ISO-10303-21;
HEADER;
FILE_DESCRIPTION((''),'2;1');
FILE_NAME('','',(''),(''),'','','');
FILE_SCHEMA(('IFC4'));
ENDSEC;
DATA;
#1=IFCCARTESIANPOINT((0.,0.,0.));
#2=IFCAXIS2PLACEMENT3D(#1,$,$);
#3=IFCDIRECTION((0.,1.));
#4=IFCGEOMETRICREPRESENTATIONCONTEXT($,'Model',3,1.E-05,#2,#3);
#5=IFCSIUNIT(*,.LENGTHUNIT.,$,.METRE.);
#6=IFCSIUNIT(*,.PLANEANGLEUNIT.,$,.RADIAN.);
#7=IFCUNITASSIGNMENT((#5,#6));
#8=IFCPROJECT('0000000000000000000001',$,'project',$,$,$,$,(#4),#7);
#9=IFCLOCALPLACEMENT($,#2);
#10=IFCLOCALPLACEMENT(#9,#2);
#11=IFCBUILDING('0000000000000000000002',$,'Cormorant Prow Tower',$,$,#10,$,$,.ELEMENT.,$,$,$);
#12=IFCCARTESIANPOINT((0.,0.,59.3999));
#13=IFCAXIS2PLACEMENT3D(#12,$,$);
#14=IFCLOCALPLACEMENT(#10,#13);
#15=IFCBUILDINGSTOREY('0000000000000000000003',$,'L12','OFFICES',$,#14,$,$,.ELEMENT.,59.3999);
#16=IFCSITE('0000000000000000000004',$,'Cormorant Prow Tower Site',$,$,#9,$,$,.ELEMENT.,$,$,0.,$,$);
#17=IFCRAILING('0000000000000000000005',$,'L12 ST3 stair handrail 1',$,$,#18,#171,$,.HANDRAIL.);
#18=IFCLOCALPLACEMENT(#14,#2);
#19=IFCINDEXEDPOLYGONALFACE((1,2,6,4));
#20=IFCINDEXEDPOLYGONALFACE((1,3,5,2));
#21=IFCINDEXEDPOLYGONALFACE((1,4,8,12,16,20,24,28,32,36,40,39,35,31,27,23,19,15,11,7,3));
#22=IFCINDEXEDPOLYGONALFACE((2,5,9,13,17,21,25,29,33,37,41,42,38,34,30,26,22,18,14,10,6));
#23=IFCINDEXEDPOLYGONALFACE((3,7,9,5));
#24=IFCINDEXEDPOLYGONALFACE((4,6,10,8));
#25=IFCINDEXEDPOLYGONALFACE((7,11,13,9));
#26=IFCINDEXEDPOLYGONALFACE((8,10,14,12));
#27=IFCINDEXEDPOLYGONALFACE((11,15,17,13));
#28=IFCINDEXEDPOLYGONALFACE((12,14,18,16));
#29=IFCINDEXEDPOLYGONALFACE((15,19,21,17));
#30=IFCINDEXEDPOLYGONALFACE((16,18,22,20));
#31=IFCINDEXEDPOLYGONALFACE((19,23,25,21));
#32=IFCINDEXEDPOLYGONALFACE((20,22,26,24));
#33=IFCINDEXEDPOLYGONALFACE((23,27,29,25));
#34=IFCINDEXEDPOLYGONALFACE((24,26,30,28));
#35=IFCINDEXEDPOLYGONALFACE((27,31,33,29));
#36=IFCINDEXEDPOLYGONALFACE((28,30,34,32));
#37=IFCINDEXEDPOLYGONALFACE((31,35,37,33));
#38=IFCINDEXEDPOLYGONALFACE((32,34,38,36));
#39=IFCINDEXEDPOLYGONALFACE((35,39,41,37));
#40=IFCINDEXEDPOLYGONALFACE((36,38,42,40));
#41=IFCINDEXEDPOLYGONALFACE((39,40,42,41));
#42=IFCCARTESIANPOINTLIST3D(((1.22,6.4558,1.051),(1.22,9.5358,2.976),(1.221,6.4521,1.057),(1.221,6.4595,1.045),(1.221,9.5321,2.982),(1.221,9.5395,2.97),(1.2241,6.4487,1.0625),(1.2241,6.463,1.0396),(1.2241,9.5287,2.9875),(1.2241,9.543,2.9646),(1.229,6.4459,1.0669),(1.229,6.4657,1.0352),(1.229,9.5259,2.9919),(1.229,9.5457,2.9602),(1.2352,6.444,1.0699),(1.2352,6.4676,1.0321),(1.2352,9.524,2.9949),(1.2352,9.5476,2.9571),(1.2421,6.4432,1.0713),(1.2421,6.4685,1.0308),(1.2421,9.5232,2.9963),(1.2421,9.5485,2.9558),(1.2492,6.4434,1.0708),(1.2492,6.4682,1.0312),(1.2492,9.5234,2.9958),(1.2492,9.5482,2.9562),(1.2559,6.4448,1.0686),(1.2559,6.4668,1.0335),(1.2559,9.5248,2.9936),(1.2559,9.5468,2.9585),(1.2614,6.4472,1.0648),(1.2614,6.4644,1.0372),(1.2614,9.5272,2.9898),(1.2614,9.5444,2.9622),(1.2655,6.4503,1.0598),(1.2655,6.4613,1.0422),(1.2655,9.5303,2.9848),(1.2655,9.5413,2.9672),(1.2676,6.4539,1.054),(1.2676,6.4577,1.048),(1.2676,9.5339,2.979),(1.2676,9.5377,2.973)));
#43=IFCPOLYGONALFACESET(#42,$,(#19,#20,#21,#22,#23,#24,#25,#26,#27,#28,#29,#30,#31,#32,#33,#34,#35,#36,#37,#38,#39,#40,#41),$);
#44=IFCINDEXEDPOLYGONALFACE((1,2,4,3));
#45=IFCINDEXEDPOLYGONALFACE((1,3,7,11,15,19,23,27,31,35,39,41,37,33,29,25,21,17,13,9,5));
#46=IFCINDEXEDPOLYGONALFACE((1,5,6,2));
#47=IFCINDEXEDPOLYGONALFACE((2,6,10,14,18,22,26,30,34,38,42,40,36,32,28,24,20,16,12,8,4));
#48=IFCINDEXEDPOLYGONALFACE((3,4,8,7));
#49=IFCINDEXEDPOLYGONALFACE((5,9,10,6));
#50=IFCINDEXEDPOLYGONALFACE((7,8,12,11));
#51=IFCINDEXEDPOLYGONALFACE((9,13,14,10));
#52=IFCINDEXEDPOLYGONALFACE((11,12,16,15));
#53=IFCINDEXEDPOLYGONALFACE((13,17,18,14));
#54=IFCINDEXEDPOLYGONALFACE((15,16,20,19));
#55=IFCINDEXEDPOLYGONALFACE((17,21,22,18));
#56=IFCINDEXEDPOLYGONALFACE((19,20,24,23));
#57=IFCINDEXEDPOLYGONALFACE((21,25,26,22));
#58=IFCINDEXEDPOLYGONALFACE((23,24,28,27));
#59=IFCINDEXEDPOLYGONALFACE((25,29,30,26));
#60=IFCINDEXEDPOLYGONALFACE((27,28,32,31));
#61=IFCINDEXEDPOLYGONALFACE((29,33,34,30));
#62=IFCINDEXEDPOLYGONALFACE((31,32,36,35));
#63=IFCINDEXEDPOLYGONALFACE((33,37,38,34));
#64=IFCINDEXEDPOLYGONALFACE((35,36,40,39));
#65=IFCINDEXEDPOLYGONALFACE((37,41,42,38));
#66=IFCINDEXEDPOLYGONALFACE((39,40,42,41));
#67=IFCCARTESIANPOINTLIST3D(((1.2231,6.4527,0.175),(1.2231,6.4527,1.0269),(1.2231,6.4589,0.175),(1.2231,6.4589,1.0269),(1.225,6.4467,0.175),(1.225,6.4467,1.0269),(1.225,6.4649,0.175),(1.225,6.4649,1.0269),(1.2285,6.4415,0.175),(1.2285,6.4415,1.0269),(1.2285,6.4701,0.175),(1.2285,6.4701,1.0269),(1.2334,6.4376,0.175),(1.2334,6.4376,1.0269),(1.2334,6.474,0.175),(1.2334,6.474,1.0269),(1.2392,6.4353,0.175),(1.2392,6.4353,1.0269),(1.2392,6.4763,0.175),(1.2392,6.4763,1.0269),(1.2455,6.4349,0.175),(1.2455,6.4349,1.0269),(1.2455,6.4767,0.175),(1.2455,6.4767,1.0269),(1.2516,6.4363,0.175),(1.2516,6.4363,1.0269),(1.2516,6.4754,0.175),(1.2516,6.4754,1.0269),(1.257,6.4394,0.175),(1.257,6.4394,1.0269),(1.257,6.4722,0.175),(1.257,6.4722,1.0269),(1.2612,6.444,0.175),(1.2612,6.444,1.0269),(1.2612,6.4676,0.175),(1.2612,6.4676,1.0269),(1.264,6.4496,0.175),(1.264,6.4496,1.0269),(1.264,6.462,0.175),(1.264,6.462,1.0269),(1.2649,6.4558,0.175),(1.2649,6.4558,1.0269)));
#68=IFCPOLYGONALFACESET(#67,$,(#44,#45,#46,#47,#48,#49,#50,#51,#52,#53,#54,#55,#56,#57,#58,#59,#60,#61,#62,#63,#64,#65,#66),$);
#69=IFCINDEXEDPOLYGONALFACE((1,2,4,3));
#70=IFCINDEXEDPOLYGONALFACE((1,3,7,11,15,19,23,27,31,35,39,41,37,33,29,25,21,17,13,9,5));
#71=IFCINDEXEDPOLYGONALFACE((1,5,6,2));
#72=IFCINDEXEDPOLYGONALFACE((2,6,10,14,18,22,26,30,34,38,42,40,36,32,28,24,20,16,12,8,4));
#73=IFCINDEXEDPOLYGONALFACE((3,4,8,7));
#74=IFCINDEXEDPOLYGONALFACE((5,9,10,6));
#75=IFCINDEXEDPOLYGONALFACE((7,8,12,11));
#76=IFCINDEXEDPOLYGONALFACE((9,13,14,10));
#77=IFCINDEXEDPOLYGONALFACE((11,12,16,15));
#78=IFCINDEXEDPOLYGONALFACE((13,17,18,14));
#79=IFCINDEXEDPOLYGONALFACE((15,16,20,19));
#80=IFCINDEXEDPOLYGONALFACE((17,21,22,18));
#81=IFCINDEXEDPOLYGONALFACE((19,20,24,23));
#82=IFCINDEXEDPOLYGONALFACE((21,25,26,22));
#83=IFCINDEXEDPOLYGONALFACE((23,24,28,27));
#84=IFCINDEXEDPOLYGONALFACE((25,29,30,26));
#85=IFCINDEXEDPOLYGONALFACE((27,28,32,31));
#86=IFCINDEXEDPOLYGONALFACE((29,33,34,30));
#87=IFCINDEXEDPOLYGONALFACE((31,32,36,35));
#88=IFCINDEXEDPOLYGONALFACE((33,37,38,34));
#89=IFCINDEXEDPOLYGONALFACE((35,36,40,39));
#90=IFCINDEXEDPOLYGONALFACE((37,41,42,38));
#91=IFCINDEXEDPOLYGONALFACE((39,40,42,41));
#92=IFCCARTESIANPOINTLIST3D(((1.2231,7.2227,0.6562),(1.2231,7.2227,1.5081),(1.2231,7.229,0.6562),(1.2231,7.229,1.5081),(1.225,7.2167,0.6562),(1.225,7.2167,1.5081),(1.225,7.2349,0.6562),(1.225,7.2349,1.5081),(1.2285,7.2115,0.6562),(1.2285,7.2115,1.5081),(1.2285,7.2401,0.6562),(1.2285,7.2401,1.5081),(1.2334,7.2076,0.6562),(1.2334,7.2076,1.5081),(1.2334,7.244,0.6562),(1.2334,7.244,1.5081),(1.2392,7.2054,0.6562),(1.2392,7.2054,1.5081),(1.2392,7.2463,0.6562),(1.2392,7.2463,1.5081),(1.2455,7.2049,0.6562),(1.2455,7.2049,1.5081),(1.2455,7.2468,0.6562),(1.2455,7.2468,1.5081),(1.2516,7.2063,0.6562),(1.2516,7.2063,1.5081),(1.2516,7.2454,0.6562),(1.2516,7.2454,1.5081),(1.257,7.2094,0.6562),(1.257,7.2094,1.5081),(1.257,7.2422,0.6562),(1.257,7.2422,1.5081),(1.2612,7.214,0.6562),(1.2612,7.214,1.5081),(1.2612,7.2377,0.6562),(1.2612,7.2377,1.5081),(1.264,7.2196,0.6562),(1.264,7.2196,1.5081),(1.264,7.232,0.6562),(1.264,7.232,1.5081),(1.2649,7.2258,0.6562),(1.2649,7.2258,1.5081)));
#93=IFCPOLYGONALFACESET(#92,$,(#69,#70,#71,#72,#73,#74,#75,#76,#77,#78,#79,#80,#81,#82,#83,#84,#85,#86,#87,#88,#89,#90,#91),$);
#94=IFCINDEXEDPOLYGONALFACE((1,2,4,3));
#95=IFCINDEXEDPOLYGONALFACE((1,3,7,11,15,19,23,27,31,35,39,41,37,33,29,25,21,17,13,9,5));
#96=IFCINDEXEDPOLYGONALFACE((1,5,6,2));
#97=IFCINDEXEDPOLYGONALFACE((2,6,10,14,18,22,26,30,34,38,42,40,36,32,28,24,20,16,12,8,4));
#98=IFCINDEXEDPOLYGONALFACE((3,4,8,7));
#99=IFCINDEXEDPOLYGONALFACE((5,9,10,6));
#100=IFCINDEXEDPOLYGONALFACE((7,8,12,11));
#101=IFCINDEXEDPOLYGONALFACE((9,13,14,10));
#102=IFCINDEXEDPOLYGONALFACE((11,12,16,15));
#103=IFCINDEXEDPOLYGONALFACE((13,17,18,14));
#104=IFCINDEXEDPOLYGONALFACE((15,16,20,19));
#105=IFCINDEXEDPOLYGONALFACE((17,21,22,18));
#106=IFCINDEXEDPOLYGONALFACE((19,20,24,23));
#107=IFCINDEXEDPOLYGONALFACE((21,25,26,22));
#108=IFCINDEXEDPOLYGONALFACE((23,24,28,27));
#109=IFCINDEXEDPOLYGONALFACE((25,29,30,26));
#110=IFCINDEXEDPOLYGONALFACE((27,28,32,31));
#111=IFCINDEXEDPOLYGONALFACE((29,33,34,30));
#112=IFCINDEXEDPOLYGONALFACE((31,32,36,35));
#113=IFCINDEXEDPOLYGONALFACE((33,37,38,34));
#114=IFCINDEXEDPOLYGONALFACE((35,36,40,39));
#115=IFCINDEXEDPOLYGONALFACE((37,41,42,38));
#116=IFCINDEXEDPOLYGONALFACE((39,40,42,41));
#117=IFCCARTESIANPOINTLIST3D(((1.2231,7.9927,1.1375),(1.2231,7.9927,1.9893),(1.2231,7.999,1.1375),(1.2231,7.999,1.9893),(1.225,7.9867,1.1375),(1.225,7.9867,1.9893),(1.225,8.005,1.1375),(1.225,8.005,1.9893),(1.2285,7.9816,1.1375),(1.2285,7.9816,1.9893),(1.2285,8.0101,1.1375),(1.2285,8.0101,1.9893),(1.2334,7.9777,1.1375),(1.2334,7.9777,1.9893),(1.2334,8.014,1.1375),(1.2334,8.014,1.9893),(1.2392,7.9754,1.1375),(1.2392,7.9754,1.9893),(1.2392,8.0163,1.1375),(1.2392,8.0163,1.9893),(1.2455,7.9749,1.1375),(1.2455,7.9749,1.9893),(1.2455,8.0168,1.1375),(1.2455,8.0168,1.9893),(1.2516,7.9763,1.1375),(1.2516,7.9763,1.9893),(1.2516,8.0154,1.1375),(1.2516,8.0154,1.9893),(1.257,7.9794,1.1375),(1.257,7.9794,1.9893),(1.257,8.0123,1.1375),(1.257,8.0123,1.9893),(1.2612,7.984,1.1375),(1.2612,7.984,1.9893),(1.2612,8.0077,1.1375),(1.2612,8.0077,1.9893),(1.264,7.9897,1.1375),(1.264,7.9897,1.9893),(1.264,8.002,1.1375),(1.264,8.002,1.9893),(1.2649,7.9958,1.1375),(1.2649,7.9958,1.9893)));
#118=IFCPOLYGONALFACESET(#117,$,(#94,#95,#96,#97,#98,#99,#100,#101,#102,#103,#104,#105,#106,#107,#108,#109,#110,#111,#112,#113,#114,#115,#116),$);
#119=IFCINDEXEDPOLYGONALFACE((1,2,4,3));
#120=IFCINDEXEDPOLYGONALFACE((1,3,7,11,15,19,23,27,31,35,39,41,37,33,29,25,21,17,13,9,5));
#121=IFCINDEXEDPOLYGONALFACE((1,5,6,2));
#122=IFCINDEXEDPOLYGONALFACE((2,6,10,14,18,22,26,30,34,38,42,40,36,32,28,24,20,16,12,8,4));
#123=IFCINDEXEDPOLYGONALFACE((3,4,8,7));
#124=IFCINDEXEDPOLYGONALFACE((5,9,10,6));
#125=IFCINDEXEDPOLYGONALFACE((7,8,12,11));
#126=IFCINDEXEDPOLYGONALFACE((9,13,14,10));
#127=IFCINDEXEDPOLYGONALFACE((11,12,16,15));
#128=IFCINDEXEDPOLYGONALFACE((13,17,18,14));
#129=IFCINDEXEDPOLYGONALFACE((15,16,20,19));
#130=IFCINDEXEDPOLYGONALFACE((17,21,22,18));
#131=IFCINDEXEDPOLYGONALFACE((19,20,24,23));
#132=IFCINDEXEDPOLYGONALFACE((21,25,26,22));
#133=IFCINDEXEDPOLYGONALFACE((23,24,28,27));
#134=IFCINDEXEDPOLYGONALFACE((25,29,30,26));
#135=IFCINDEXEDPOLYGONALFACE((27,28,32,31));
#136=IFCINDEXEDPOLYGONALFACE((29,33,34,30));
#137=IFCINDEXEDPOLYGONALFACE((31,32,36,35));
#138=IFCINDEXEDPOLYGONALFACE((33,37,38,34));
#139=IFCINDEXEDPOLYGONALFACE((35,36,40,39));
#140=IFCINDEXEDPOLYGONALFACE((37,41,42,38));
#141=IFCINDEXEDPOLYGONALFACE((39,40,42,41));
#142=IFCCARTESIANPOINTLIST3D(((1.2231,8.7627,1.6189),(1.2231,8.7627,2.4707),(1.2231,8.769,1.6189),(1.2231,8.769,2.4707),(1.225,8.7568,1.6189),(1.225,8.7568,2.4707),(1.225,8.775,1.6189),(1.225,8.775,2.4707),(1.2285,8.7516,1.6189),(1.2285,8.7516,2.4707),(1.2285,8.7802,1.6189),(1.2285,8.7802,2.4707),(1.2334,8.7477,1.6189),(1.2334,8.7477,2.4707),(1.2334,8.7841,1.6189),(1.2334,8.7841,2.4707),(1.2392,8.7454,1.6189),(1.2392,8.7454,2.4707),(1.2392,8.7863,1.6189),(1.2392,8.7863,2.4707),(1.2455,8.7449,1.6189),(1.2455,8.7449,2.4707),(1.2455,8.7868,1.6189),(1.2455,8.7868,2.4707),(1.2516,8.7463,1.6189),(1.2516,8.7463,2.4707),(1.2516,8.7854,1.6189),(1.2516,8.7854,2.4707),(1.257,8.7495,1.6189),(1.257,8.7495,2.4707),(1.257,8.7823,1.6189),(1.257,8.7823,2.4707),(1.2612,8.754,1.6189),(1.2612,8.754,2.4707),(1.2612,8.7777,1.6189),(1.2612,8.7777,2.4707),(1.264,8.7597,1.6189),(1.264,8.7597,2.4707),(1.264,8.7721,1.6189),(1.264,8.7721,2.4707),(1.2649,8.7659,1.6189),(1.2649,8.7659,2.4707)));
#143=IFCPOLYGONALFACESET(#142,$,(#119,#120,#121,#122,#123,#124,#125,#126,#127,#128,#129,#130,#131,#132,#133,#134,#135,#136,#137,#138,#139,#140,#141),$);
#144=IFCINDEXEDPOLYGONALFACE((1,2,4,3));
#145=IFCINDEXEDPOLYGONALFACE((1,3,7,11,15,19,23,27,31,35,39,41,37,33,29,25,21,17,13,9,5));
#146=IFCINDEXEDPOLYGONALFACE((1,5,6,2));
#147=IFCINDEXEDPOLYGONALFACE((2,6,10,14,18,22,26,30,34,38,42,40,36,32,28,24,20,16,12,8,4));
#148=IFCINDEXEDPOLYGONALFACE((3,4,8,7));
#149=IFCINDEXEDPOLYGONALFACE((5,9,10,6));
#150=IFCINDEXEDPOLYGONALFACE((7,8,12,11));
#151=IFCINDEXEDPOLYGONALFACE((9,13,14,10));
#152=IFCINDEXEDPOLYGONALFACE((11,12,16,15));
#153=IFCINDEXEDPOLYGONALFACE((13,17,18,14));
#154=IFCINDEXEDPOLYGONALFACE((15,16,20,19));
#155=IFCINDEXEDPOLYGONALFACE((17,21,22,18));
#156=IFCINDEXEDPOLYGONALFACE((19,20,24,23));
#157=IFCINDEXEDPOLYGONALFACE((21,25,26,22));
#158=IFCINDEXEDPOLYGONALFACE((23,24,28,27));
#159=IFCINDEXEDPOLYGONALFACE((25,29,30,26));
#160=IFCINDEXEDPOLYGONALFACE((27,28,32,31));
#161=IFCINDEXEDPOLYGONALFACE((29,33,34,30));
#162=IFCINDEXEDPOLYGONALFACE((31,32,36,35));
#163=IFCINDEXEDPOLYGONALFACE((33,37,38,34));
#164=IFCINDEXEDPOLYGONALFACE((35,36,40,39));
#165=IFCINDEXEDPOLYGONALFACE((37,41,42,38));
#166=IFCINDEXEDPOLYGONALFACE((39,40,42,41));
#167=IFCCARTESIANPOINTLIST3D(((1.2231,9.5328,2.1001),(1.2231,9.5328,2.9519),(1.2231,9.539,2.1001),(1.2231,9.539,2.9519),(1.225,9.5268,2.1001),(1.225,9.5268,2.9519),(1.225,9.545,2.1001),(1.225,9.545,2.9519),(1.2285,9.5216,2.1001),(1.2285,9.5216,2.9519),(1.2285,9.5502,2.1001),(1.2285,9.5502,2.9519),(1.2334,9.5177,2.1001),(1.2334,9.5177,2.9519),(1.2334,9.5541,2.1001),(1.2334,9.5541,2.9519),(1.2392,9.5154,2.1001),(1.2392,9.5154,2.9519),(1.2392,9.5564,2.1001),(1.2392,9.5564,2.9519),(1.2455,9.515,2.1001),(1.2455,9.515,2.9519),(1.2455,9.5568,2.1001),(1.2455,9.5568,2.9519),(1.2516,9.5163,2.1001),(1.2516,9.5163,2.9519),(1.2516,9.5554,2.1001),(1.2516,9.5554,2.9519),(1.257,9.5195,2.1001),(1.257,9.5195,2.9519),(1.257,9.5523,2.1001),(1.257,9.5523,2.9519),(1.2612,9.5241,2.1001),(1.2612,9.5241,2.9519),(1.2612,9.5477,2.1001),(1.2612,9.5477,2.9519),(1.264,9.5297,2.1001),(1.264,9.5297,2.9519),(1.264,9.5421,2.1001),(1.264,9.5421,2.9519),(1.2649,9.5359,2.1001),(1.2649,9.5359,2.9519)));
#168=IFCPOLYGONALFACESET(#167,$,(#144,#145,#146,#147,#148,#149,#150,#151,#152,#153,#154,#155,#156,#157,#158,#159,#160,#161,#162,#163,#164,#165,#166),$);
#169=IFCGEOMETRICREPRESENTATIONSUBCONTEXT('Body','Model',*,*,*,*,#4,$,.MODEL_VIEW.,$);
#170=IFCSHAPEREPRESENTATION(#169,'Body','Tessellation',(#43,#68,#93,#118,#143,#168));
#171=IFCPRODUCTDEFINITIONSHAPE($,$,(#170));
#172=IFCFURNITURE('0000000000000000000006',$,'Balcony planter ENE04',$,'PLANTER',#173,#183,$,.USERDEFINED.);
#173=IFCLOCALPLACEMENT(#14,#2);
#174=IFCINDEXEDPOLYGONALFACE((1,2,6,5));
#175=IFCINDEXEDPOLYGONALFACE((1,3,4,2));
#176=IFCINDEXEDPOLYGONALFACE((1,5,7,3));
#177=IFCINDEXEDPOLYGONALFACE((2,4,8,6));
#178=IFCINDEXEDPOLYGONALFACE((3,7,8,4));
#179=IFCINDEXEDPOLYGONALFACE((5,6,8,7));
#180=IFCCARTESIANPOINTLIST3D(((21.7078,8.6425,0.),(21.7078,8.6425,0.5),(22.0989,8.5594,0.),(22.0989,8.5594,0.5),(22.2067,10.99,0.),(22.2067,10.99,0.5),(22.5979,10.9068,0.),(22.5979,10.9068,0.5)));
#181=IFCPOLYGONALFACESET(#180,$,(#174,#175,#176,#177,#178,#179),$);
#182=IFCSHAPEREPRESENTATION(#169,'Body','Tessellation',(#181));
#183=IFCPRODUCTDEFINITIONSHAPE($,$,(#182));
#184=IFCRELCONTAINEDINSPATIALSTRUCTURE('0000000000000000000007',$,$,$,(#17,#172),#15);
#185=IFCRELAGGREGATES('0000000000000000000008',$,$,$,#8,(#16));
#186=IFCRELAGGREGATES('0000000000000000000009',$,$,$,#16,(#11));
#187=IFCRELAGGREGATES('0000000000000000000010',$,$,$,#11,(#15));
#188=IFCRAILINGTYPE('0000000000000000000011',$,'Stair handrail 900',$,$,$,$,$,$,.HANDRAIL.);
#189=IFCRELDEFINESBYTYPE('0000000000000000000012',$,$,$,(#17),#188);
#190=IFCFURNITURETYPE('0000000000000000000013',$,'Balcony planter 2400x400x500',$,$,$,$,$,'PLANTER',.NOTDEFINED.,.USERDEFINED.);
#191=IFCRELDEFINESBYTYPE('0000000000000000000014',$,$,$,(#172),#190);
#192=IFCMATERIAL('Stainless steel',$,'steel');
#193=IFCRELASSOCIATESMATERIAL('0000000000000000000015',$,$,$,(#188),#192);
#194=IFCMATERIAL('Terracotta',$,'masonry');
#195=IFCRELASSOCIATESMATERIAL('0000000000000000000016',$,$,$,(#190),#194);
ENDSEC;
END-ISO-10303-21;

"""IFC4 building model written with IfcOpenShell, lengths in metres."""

from ifc_helpers import new_model, si_unit, direction, frame, origin, origin_2d, place, context, subcontext, project, spatial, rectangle, circle, extrude, material, type_object, element, save


model = new_model("IFC4")

# Units and contexts
model_context = context("Model", 3, precision=1e-05, world=origin(), true_north=direction((0.0, 1.0)))
body_context = subcontext(model_context, "Body", "Model", "MODEL_VIEW")
ifc_project = project(units=[si_unit("LENGTHUNIT", "METRE"), si_unit("PLANEANGLEUNIT", "RADIAN")], contexts=[model_context])

# Site, building, storey
site_placement = place(None, origin())
site = spatial("IfcSite", under=ifc_project, at=site_placement, Name="Cormorant Prow Tower Site", CompositionType="ELEMENT", RefElevation=0.0)
building_placement = place(site_placement, origin())
building = spatial("IfcBuilding", under=site, at=building_placement, Name="Cormorant Prow Tower", CompositionType="ELEMENT")
storey_placement = place(building_placement, frame((0.0, 0.0, 59.3999)))
storey = spatial("IfcBuildingStorey", under=building, at=storey_placement, Name="L12", Description="OFFICES", CompositionType="ELEMENT", Elevation=59.3999)

# Railing
ifc_material_1 = material(Name="Stainless steel", Category="steel")
railing_type = type_object("IfcRailingType", Name="Stair handrail 900", PredefinedType="HANDRAIL", material=ifc_material_1)
railing_placement = place(storey_placement, frame((1.2439, 6.4558, 0.175)))
element("IfcRailing", 1, at=railing_placement, inside=storey, type_object=railing_type, Name="L12 ST3 stair handrail 1", PredefinedType="HANDRAIL", context=body_context, shape_type="SweptSolid", body=[
    extrude(circle(Radius=0.0239, at=origin_2d()), frame((0.0, 0.0, 0.876), z_axis=(0.0, 0.847998, 0.529999), x_axis=(-1.0, 0.0, 0.0)), (0.0, 0.0, 1.0), 3.6321),
    extrude(circle(Radius=0.021, at=origin_2d()), origin(), (0.0, 0.0, 1.0), 0.8518),
    extrude(circle(Radius=0.021, at=origin_2d()), frame((0.0, 0.77, 0.4812)), (0.0, 0.0, 1.0), 0.8518),
    extrude(circle(Radius=0.021, at=origin_2d()), frame((0.0, 1.54, 0.9624)), (0.0, 0.0, 1.0), 0.8518),
    extrude(circle(Radius=0.021, at=origin_2d()), frame((0.0, 2.3101, 1.4438)), (0.0, 0.0, 1.0), 0.8518),
    extrude(circle(Radius=0.021, at=origin_2d()), frame((0.0, 3.0801, 1.925)), (0.0, 0.0, 1.0), 0.8518),
])

# Furniture
ifc_material_2 = material(Name="Terracotta", Category="masonry")
furniture_type = type_object("IfcFurnitureType", Name="Balcony planter 2400x400x500", ElementType="PLANTER", AssemblyPlace="NOTDEFINED", PredefinedType="USERDEFINED", material=ifc_material_2)
furniture_placement = place(storey_placement, frame((22.1528, 9.7747, 0.0), z_axis=(0.0, 0.0, 1.0), x_axis=(0.207912, 0.978148, 0.0)))
element("IfcFurniture", 2, at=furniture_placement, inside=storey, type_object=furniture_type, Name="Balcony planter ENE04", ObjectType="PLANTER", PredefinedType="USERDEFINED", context=body_context, shape_type="SweptSolid", body=[
    extrude(rectangle(XDim=2.3999, YDim=0.3999, at=origin_2d()), origin(), (0.0, 0.0, 1.0), 0.5),
])

save(model, "model.ifc")
